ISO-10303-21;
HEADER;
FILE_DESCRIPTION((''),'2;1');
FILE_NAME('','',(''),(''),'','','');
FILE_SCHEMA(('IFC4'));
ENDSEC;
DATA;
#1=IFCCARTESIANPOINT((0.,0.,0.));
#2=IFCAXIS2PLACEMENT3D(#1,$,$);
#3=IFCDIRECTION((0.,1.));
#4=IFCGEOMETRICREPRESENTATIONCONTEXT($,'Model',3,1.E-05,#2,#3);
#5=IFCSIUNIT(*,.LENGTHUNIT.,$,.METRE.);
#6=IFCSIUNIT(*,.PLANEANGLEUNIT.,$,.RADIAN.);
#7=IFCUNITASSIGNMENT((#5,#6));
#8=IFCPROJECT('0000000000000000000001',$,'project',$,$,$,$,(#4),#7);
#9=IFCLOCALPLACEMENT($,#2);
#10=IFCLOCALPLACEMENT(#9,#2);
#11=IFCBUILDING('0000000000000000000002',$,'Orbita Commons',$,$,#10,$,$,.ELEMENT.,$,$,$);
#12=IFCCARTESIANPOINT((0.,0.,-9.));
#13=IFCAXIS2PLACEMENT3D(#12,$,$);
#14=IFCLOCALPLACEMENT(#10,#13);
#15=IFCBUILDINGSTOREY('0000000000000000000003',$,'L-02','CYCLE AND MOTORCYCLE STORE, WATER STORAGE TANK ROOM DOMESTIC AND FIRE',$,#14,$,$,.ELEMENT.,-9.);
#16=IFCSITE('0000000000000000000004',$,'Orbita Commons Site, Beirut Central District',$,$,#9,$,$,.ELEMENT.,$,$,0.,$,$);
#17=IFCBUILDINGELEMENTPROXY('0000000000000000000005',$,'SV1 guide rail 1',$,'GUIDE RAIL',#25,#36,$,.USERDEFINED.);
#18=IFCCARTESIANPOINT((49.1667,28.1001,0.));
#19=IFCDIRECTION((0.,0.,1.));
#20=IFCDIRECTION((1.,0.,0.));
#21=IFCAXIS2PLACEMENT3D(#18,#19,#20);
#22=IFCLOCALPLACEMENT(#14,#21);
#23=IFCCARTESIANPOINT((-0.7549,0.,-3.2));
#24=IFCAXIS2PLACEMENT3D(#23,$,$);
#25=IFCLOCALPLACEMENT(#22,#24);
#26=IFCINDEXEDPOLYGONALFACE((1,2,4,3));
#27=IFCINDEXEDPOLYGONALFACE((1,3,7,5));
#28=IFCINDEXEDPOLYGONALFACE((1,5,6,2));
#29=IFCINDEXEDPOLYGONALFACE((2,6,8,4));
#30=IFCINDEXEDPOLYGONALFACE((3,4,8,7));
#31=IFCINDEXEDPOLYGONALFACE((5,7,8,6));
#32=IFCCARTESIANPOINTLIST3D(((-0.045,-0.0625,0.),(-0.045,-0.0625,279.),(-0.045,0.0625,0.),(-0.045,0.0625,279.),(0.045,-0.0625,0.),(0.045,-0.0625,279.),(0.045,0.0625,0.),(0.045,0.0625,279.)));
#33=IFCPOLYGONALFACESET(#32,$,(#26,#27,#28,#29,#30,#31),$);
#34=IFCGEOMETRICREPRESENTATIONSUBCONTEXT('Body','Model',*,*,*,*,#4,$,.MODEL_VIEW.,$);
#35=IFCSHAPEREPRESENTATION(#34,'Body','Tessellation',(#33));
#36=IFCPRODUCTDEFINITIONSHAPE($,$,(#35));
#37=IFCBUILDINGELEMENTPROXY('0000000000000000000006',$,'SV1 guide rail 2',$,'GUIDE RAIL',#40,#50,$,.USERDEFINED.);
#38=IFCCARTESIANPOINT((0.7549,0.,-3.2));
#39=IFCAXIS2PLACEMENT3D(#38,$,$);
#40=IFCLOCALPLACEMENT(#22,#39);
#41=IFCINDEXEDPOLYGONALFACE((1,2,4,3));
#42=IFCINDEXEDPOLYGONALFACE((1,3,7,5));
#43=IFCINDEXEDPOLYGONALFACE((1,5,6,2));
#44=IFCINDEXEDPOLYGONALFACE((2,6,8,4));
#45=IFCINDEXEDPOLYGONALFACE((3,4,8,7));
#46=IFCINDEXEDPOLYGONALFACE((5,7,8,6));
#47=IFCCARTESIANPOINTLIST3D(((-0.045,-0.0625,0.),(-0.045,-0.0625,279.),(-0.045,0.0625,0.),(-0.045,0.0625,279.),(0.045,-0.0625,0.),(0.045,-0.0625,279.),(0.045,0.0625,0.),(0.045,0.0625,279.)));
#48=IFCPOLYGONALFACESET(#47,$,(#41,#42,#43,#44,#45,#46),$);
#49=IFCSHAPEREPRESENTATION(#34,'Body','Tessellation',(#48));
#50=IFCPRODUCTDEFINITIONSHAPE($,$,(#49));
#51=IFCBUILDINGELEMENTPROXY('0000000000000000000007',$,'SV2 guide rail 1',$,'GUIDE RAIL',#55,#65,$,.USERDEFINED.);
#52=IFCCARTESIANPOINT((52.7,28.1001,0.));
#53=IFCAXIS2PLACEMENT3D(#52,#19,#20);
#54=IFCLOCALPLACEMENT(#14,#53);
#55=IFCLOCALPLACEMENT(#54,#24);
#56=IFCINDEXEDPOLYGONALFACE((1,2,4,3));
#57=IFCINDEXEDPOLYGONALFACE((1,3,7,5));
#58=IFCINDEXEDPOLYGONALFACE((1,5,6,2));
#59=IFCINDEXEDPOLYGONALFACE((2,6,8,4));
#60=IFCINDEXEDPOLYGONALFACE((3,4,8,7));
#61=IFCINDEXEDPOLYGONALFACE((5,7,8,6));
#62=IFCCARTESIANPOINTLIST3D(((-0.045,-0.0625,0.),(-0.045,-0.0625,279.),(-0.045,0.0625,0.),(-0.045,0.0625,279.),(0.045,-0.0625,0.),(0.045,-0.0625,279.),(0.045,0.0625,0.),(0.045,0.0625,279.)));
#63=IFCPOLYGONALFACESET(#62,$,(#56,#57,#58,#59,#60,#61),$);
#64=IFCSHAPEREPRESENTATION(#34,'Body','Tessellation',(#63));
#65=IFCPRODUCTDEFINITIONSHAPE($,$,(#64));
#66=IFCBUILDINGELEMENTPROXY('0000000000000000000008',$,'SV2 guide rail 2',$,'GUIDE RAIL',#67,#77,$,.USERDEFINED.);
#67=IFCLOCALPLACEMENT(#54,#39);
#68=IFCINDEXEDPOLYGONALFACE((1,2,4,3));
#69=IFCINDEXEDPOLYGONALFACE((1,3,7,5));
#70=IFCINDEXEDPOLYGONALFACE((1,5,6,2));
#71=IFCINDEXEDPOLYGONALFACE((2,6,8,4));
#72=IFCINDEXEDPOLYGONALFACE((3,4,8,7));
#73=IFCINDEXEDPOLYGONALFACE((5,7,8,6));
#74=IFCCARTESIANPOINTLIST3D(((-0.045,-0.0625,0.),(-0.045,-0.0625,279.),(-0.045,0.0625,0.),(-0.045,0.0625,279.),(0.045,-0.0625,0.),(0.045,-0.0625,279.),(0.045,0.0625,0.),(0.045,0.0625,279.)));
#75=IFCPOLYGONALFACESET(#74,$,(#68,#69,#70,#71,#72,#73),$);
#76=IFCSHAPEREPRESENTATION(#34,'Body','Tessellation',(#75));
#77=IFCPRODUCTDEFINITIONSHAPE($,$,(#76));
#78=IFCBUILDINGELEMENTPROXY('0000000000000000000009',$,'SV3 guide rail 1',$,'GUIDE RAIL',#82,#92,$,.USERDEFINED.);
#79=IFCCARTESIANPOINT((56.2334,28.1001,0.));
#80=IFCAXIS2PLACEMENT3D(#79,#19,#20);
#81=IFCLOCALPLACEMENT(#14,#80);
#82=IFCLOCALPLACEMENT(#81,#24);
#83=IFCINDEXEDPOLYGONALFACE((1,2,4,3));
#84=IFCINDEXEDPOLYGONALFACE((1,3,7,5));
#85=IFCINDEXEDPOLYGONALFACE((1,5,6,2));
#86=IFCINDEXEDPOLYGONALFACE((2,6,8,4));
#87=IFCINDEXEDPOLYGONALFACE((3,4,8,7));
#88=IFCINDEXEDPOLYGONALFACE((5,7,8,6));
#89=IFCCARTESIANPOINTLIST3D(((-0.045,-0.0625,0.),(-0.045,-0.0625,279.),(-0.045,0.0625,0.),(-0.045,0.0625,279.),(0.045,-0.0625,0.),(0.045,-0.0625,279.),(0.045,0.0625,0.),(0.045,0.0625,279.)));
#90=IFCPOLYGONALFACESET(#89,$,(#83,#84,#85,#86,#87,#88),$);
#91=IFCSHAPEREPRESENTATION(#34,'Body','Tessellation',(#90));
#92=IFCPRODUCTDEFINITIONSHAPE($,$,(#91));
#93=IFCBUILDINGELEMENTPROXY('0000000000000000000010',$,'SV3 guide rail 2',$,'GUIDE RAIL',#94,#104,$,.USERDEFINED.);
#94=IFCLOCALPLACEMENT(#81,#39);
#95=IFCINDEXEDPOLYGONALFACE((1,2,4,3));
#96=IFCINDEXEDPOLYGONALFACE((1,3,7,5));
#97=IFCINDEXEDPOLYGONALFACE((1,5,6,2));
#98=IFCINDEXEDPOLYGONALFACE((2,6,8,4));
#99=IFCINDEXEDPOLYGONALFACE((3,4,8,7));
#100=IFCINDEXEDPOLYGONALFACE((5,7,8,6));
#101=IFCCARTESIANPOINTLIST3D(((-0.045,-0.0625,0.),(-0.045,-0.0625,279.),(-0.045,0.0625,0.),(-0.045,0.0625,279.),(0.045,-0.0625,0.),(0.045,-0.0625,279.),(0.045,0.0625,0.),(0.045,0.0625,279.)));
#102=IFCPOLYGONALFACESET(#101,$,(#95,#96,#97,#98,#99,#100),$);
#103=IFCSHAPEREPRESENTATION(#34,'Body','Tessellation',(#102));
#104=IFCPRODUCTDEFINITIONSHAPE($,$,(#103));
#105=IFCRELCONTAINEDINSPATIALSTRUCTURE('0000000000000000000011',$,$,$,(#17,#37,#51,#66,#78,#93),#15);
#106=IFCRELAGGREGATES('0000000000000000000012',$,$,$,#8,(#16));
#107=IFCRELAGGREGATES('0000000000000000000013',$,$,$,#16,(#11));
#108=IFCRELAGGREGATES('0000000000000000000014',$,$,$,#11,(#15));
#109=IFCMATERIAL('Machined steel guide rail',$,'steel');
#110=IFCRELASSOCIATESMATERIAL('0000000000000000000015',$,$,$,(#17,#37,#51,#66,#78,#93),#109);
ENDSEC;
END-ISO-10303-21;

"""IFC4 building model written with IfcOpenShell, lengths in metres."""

from ifc_helpers import new_model, si_unit, direction, frame, origin, origin_2d, place, context, subcontext, project, spatial, rectangle, extrude, material, element, save


model = new_model("IFC4")

# Units and contexts
model_context = context("Model", 3, precision=1e-05, world=origin(), true_north=direction((0.0, 1.0)))
body_context = subcontext(model_context, "Body", "Model", "MODEL_VIEW")
ifc_project = project(units=[si_unit("LENGTHUNIT", "METRE"), si_unit("PLANEANGLEUNIT", "RADIAN")], contexts=[model_context])

# Site, building, storey
site_placement = place(None, origin())
site = spatial("IfcSite", under=ifc_project, at=site_placement, Name="Orbita Commons Site, Beirut Central District", CompositionType="ELEMENT", RefElevation=0.0)
building_placement = place(site_placement, origin())
building = spatial("IfcBuilding", under=site, at=building_placement, Name="Orbita Commons", CompositionType="ELEMENT")
storey_placement = place(building_placement, frame((0.0, 0.0, -9.0)))
storey = spatial("IfcBuildingStorey", under=building, at=storey_placement, Name="L-02", Description="CYCLE AND MOTORCYCLE STORE, WATER STORAGE TANK ROOM DOMESTIC AND FIRE", CompositionType="ELEMENT", Elevation=-9.0)

# Shared definitions
transport_element_1_placement = place(storey_placement, frame((49.1667, 28.1001, 0.0), z_axis=(0.0, 0.0, 1.0), x_axis=(1.0, 0.0, 0.0)))
transport_element_2_placement = place(storey_placement, frame((52.7, 28.1001, 0.0), z_axis=(0.0, 0.0, 1.0), x_axis=(1.0, 0.0, 0.0)))
transport_element_3_placement = place(storey_placement, frame((56.2334, 28.1001, 0.0), z_axis=(0.0, 0.0, 1.0), x_axis=(1.0, 0.0, 0.0)))

# Building element proxies
ifc_material_1 = material(Name="Machined steel guide rail", Category="steel")
for number, where, name in (
    (1, (-0.7549, 0.0, -3.2), "SV1 guide rail 1"),
    (2, (0.7549, 0.0, -3.2), "SV1 guide rail 2"),
):
    element("IfcBuildingElementProxy", number, at=place(transport_element_1_placement, frame(where)), inside=storey, material=ifc_material_1, Name=name, ObjectType="GUIDE RAIL", PredefinedType="USERDEFINED", context=body_context, shape_type="SweptSolid", body=[
        extrude(rectangle(XDim=0.09, YDim=0.125, at=origin_2d()), origin(), (0.0, 0.0, 1.0), 279.0),
    ])
for number, where, name in (
    (3, (-0.7549, 0.0, -3.2), "SV2 guide rail 1"),
    (4, (0.7549, 0.0, -3.2), "SV2 guide rail 2"),
):
    element("IfcBuildingElementProxy", number, at=place(transport_element_2_placement, frame(where)), inside=storey, material=ifc_material_1, Name=name, ObjectType="GUIDE RAIL", PredefinedType="USERDEFINED", context=body_context, shape_type="SweptSolid", body=[
        extrude(rectangle(XDim=0.09, YDim=0.125, at=origin_2d()), origin(), (0.0, 0.0, 1.0), 279.0),
    ])
for number, where, name in (
    (5, (-0.7549, 0.0, -3.2), "SV3 guide rail 1"),
    (6, (0.7549, 0.0, -3.2), "SV3 guide rail 2"),
):
    element("IfcBuildingElementProxy", number, at=place(transport_element_3_placement, frame(where)), inside=storey, material=ifc_material_1, Name=name, ObjectType="GUIDE RAIL", PredefinedType="USERDEFINED", context=body_context, shape_type="SweptSolid", body=[
        extrude(rectangle(XDim=0.09, YDim=0.125, at=origin_2d()), origin(), (0.0, 0.0, 1.0), 279.0),
    ])

save(model, "model.ifc")
